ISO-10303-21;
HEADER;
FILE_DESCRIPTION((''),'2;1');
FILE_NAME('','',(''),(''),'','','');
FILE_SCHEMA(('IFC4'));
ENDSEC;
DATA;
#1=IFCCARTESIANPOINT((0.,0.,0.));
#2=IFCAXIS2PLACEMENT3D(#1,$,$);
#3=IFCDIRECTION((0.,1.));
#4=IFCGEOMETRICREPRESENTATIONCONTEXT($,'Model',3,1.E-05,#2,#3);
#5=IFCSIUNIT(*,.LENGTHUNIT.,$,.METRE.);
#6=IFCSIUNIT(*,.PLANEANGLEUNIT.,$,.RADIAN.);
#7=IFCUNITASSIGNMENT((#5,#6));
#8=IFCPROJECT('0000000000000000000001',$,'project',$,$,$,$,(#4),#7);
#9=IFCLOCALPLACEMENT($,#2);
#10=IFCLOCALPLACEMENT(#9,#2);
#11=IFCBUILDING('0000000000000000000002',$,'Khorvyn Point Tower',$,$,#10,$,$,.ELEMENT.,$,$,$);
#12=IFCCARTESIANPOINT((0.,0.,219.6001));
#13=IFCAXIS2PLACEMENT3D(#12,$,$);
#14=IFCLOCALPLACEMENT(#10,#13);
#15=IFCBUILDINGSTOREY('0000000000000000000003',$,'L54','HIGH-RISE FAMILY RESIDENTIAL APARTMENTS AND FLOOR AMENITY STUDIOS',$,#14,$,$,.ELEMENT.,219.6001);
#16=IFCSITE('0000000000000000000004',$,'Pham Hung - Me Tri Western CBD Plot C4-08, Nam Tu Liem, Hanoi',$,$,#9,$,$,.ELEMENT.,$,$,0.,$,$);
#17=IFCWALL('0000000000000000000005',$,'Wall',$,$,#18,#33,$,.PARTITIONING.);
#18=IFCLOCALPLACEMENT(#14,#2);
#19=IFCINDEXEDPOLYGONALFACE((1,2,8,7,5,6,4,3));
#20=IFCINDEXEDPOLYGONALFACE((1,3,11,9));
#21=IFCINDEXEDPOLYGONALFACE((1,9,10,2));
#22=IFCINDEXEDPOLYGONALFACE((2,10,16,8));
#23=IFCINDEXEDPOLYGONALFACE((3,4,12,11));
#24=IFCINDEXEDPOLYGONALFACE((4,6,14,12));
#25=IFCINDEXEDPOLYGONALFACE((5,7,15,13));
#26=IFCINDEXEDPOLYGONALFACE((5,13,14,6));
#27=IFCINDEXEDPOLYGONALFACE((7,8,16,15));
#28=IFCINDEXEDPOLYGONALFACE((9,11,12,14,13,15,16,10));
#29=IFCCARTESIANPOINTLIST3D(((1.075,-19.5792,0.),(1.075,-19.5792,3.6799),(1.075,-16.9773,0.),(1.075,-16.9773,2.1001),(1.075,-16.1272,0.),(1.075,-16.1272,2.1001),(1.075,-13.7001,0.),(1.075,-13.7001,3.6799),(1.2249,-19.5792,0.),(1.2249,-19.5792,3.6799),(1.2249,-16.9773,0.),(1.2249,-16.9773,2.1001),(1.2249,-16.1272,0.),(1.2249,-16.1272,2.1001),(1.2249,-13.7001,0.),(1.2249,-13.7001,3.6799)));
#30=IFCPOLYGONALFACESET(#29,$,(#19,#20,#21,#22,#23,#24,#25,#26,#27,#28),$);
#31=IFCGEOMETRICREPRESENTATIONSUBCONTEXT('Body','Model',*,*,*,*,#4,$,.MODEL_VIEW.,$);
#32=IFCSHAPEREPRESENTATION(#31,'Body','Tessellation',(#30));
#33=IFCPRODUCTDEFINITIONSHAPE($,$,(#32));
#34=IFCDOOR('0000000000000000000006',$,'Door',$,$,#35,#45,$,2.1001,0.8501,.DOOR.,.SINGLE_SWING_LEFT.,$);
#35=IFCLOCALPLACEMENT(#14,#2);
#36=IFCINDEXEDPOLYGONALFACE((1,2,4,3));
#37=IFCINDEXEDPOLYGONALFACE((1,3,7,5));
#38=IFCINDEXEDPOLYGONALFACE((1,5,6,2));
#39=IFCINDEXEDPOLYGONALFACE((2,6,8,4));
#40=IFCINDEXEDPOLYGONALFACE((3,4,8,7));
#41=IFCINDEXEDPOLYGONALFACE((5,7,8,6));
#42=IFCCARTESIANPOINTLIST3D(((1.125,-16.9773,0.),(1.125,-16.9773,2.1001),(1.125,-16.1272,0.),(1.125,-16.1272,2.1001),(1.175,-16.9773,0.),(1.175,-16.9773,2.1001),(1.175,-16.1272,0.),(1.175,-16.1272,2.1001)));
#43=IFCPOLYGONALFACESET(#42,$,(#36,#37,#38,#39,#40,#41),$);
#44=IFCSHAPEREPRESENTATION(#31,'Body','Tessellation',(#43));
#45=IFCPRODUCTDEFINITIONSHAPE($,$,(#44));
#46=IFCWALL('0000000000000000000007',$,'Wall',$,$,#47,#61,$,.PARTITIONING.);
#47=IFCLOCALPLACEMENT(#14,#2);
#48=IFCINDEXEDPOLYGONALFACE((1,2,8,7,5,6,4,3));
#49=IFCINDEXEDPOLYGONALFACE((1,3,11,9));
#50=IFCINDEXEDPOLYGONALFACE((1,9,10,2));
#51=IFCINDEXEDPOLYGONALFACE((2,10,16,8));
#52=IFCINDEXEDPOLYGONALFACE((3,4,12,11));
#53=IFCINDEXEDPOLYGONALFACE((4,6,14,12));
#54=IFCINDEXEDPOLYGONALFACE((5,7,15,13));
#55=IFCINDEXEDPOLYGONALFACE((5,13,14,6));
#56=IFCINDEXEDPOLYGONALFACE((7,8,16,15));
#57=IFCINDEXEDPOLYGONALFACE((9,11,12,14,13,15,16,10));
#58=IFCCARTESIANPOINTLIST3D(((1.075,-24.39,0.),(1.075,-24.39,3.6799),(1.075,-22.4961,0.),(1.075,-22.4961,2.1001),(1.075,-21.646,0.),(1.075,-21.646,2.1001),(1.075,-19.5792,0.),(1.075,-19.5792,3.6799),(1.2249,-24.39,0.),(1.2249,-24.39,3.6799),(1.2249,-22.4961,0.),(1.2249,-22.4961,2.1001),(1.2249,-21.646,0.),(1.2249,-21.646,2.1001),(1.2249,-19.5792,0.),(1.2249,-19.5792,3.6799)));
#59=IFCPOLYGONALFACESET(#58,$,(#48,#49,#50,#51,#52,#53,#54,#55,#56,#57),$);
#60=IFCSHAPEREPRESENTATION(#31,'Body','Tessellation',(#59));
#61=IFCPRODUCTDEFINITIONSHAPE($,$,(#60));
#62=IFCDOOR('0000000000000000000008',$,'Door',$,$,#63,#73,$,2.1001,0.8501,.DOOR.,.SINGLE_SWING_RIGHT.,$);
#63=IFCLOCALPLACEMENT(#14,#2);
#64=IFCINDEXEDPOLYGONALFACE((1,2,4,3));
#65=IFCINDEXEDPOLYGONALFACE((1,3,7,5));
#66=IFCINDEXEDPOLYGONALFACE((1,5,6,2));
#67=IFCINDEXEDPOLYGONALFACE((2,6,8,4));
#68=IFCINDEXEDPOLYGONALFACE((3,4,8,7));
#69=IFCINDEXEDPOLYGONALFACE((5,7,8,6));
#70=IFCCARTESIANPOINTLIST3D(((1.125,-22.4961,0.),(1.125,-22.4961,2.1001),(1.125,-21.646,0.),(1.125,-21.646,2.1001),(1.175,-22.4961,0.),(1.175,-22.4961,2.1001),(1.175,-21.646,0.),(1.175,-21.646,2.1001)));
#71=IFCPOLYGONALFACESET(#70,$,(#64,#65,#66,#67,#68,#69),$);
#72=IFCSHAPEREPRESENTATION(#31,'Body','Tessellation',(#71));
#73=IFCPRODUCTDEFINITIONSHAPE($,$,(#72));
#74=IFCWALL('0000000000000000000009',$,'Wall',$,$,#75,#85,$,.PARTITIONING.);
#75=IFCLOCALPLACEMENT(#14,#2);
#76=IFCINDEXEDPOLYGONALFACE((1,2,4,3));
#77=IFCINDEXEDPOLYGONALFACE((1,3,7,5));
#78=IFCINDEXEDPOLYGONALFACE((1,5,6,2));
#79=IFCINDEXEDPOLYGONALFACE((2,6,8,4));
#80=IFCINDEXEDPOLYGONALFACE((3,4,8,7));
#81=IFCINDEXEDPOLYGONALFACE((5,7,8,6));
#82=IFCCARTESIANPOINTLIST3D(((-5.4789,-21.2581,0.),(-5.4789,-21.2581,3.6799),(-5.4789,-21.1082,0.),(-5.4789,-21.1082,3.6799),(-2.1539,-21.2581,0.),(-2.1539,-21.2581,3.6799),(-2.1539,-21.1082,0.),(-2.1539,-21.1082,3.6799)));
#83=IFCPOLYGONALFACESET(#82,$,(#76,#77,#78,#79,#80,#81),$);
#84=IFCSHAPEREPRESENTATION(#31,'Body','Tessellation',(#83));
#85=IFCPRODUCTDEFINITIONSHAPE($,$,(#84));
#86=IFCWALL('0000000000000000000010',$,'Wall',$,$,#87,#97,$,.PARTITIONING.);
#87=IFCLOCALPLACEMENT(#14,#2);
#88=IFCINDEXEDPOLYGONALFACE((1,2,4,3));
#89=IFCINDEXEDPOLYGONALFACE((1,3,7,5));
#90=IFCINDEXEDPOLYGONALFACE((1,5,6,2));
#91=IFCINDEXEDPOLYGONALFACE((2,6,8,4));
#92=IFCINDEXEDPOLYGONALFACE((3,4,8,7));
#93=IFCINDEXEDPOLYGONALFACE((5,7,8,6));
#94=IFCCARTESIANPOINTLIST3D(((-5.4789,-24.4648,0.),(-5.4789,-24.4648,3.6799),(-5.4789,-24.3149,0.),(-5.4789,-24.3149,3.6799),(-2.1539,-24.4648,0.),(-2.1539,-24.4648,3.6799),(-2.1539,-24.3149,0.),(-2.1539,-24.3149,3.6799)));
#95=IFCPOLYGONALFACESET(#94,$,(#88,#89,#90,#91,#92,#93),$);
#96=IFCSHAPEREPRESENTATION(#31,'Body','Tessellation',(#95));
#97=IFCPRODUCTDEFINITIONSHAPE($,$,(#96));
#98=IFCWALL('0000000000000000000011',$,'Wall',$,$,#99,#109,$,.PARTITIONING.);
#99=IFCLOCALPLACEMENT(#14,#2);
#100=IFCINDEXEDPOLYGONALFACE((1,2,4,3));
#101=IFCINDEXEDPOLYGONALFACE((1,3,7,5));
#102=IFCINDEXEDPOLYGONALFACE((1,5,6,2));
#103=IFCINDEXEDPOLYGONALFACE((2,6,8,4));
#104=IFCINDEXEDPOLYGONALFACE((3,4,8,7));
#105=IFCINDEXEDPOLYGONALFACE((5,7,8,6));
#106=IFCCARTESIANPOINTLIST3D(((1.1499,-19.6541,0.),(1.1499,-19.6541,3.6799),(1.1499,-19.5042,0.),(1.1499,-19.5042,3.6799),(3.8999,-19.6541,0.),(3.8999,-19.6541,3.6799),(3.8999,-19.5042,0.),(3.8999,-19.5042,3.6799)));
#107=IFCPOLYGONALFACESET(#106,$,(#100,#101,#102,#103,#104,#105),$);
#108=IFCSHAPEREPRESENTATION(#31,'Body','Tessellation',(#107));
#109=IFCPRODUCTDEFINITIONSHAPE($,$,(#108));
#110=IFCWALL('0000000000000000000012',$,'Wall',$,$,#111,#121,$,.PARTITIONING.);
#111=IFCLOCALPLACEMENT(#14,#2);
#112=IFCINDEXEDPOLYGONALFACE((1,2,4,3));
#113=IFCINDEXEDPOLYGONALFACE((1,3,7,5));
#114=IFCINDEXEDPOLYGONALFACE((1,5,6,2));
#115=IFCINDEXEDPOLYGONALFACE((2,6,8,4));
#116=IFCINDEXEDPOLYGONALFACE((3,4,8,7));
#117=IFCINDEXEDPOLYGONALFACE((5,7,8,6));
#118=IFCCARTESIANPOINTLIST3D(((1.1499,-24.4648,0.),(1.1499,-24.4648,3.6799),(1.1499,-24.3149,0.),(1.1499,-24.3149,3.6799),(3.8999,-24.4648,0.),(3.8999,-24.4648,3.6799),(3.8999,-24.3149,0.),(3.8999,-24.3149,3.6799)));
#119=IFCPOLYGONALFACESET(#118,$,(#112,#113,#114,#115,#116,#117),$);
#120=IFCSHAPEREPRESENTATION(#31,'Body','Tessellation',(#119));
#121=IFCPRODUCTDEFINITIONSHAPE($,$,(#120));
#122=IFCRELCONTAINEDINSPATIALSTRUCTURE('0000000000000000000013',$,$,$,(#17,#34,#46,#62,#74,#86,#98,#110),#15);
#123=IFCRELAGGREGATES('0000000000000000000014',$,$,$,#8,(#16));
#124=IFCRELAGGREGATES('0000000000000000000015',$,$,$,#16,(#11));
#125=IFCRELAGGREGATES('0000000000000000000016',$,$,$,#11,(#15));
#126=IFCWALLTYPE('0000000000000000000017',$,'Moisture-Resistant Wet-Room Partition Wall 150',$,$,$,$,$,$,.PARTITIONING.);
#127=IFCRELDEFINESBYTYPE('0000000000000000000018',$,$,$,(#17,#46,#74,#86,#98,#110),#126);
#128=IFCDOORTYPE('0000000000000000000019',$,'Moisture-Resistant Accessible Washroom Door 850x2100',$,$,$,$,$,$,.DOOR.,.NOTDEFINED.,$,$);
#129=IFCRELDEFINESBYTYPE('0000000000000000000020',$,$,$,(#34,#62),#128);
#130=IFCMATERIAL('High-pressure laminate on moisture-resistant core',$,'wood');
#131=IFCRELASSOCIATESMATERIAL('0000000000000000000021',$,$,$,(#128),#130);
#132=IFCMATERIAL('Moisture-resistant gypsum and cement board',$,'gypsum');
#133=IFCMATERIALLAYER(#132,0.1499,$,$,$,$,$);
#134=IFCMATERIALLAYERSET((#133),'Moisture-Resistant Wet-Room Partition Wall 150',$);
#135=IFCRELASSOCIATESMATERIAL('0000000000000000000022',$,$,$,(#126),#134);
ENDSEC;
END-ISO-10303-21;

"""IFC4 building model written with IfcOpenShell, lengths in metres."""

from ifc_helpers import new_model, si_unit, direction, frame, frame_2d, origin, place, context, subcontext, project, spatial, rectangle, extrude, material, layer, layer_set, type_object, element, fill, save


model = new_model("IFC4")

# Units and contexts
model_context = context("Model", 3, precision=1e-05, world=origin(), true_north=direction((0.0, 1.0)))
body_context = subcontext(model_context, "Body", "Model", "MODEL_VIEW")
ifc_project = project(units=[si_unit("LENGTHUNIT", "METRE"), si_unit("PLANEANGLEUNIT", "RADIAN")], contexts=[model_context])

# Site, building, storey
site_placement = place(None, origin())
site = spatial("IfcSite", under=ifc_project, at=site_placement, Name="Pham Hung - Me Tri Western CBD Plot C4-08, Nam Tu Liem, Hanoi", CompositionType="ELEMENT", RefElevation=0.0)
building_placement = place(site_placement, origin())
building = spatial("IfcBuilding", under=site, at=building_placement, Name="Khorvyn Point Tower", CompositionType="ELEMENT")
storey_placement = place(building_placement, frame((0.0, 0.0, 219.6001)))
storey = spatial("IfcBuildingStorey", under=building, at=storey_placement, Name="L54", Description="HIGH-RISE FAMILY RESIDENTIAL APARTMENTS AND FLOOR AMENITY STUDIOS", CompositionType="ELEMENT", Elevation=219.6001)

# Walls, openings, doors
ifc_material_1 = material(Name="High-pressure laminate on moisture-resistant core", Category="wood")
door_type_1 = type_object("IfcDoorType", Name="Moisture-Resistant Accessible Washroom Door 850x2100", OperationType="NOTDEFINED", PredefinedType="DOOR", material=ifc_material_1)
ifc_material_2 = material(Name="Moisture-resistant gypsum and cement board", Category="gypsum")
ifc_layer_1 = layer(ifc_material_2, 0.1499)
ifc_layer_set_1 = layer_set([ifc_layer_1], Name="Moisture-Resistant Wet-Room Partition Wall 150")
wall_type_1 = type_object("IfcWallType", Name="Moisture-Resistant Wet-Room Partition Wall 150", PredefinedType="PARTITIONING", material=ifc_layer_set_1)
wall_1_placement = place(storey_placement, frame((1.1499, -19.5791, 0.0), z_axis=(0.0, 0.0, 1.0), x_axis=(0.0, 1.0, 0.0)))
wall_1 = element("IfcWall", 1, at=wall_1_placement, inside=storey, type_object=wall_type_1, Name="Wall", PredefinedType="PARTITIONING", context=body_context, shape_type="SweptSolid", body=[
    extrude(rectangle(XDim=5.8792, YDim=0.1499, at=frame_2d((2.9395, 0.0))), origin(), (0.0, 0.0, 1.0), 3.6799),
])
opening_1_placement = place(wall_1_placement, frame((2.6018, 0.0, 0.0)))
opening_1 = element("IfcOpeningElement", 2, at=opening_1_placement, cuts=wall_1, PredefinedType="OPENING", context=body_context, shape_type="SweptSolid", body=[
    extrude(rectangle(XDim=0.8501, YDim=2.1001, at=frame_2d((0.425, 1.05))), frame((0.0, 0.085, 0.0), z_axis=(0.0, -1.0, 0.0), x_axis=(1.0, 0.0, 0.0)), (0.0, 0.0, 1.0), 0.1699),
])
door_1_placement = place(opening_1_placement, origin())
door_1 = element("IfcDoor", 3, at=door_1_placement, inside=storey, type_object=door_type_1, Name="Door", OperationType="SINGLE_SWING_LEFT", OverallHeight=2.1001, OverallWidth=0.8501, PredefinedType="DOOR", context=body_context, shape_type="SweptSolid", body=[
    extrude(rectangle(XDim=0.8501, YDim=2.1001, at=frame_2d((0.425, 1.05))), frame((0.0, 0.0249, 0.0), z_axis=(0.0, -1.0, 0.0), x_axis=(1.0, 0.0, 0.0)), (0.0, 0.0, 1.0), 0.05),
])
fill(opening_1, door_1)
wall_2_placement = place(storey_placement, frame((1.1499, -24.3899, 0.0), z_axis=(0.0, 0.0, 1.0), x_axis=(0.0, 1.0, 0.0)))
wall_2 = element("IfcWall", 4, at=wall_2_placement, inside=storey, type_object=wall_type_1, Name="Wall", PredefinedType="PARTITIONING", context=body_context, shape_type="SweptSolid", body=[
    extrude(rectangle(XDim=4.8108, YDim=0.1499, at=frame_2d((2.4053, 0.0))), origin(), (0.0, 0.0, 1.0), 3.6799),
])
opening_2_placement = place(wall_2_placement, frame((1.8938, 0.0, 0.0)))
opening_2 = element("IfcOpeningElement", 5, at=opening_2_placement, cuts=wall_2, PredefinedType="OPENING", context=body_context, shape_type="SweptSolid", body=[
    extrude(rectangle(XDim=0.8501, YDim=2.1001, at=frame_2d((0.425, 1.05))), frame((0.0, 0.085, 0.0), z_axis=(0.0, -1.0, 0.0), x_axis=(1.0, 0.0, 0.0)), (0.0, 0.0, 1.0), 0.1699),
])
door_2_placement = place(opening_2_placement, origin())
door_2 = element("IfcDoor", 6, at=door_2_placement, inside=storey, type_object=door_type_1, Name="Door", OperationType="SINGLE_SWING_RIGHT", OverallHeight=2.1001, OverallWidth=0.8501, PredefinedType="DOOR", context=body_context, shape_type="SweptSolid", body=[
    extrude(rectangle(XDim=0.8501, YDim=2.1001, at=frame_2d((0.425, 1.05))), frame((0.0, 0.0249, 0.0), z_axis=(0.0, -1.0, 0.0), x_axis=(1.0, 0.0, 0.0)), (0.0, 0.0, 1.0), 0.05),
])
fill(opening_2, door_2)

# Walls
for number, where, z_axis, x_axis, name in (
    (7, (-5.479, -21.1831, 0.0), (0.0, 0.0, 1.0), (1.0, 0.0, 0.0), "Wall"),
    (8, (-5.479, -24.3899, 0.0), (0.0, 0.0, 1.0), (1.0, 0.0, 0.0), "Wall"),
):
    element("IfcWall", number, at=place(storey_placement, frame(where, z_axis=z_axis, x_axis=x_axis)), inside=storey, type_object=wall_type_1, Name=name, PredefinedType="PARTITIONING", context=body_context, shape_type="SweptSolid", body=[
        extrude(rectangle(XDim=3.325, YDim=0.1499, at=frame_2d((1.6626, 0.0))), origin(), (0.0, 0.0, 1.0), 3.6799),
    ])
for number, where, z_axis, x_axis, name in (
    (9, (1.1499, -19.5791, 0.0), (0.0, 0.0, 1.0), (1.0, 0.0, 0.0), "Wall"),
    (10, (1.1499, -24.3899, 0.0), (0.0, 0.0, 1.0), (1.0, 0.0, 0.0), "Wall"),
):
    element("IfcWall", number, at=place(storey_placement, frame(where, z_axis=z_axis, x_axis=x_axis)), inside=storey, type_object=wall_type_1, Name=name, PredefinedType="PARTITIONING", context=body_context, shape_type="SweptSolid", body=[
        extrude(rectangle(XDim=2.75, YDim=0.1499, at=frame_2d((1.375, 0.0))), origin(), (0.0, 0.0, 1.0), 3.6799),
    ])

save(model, "model.ifc")
